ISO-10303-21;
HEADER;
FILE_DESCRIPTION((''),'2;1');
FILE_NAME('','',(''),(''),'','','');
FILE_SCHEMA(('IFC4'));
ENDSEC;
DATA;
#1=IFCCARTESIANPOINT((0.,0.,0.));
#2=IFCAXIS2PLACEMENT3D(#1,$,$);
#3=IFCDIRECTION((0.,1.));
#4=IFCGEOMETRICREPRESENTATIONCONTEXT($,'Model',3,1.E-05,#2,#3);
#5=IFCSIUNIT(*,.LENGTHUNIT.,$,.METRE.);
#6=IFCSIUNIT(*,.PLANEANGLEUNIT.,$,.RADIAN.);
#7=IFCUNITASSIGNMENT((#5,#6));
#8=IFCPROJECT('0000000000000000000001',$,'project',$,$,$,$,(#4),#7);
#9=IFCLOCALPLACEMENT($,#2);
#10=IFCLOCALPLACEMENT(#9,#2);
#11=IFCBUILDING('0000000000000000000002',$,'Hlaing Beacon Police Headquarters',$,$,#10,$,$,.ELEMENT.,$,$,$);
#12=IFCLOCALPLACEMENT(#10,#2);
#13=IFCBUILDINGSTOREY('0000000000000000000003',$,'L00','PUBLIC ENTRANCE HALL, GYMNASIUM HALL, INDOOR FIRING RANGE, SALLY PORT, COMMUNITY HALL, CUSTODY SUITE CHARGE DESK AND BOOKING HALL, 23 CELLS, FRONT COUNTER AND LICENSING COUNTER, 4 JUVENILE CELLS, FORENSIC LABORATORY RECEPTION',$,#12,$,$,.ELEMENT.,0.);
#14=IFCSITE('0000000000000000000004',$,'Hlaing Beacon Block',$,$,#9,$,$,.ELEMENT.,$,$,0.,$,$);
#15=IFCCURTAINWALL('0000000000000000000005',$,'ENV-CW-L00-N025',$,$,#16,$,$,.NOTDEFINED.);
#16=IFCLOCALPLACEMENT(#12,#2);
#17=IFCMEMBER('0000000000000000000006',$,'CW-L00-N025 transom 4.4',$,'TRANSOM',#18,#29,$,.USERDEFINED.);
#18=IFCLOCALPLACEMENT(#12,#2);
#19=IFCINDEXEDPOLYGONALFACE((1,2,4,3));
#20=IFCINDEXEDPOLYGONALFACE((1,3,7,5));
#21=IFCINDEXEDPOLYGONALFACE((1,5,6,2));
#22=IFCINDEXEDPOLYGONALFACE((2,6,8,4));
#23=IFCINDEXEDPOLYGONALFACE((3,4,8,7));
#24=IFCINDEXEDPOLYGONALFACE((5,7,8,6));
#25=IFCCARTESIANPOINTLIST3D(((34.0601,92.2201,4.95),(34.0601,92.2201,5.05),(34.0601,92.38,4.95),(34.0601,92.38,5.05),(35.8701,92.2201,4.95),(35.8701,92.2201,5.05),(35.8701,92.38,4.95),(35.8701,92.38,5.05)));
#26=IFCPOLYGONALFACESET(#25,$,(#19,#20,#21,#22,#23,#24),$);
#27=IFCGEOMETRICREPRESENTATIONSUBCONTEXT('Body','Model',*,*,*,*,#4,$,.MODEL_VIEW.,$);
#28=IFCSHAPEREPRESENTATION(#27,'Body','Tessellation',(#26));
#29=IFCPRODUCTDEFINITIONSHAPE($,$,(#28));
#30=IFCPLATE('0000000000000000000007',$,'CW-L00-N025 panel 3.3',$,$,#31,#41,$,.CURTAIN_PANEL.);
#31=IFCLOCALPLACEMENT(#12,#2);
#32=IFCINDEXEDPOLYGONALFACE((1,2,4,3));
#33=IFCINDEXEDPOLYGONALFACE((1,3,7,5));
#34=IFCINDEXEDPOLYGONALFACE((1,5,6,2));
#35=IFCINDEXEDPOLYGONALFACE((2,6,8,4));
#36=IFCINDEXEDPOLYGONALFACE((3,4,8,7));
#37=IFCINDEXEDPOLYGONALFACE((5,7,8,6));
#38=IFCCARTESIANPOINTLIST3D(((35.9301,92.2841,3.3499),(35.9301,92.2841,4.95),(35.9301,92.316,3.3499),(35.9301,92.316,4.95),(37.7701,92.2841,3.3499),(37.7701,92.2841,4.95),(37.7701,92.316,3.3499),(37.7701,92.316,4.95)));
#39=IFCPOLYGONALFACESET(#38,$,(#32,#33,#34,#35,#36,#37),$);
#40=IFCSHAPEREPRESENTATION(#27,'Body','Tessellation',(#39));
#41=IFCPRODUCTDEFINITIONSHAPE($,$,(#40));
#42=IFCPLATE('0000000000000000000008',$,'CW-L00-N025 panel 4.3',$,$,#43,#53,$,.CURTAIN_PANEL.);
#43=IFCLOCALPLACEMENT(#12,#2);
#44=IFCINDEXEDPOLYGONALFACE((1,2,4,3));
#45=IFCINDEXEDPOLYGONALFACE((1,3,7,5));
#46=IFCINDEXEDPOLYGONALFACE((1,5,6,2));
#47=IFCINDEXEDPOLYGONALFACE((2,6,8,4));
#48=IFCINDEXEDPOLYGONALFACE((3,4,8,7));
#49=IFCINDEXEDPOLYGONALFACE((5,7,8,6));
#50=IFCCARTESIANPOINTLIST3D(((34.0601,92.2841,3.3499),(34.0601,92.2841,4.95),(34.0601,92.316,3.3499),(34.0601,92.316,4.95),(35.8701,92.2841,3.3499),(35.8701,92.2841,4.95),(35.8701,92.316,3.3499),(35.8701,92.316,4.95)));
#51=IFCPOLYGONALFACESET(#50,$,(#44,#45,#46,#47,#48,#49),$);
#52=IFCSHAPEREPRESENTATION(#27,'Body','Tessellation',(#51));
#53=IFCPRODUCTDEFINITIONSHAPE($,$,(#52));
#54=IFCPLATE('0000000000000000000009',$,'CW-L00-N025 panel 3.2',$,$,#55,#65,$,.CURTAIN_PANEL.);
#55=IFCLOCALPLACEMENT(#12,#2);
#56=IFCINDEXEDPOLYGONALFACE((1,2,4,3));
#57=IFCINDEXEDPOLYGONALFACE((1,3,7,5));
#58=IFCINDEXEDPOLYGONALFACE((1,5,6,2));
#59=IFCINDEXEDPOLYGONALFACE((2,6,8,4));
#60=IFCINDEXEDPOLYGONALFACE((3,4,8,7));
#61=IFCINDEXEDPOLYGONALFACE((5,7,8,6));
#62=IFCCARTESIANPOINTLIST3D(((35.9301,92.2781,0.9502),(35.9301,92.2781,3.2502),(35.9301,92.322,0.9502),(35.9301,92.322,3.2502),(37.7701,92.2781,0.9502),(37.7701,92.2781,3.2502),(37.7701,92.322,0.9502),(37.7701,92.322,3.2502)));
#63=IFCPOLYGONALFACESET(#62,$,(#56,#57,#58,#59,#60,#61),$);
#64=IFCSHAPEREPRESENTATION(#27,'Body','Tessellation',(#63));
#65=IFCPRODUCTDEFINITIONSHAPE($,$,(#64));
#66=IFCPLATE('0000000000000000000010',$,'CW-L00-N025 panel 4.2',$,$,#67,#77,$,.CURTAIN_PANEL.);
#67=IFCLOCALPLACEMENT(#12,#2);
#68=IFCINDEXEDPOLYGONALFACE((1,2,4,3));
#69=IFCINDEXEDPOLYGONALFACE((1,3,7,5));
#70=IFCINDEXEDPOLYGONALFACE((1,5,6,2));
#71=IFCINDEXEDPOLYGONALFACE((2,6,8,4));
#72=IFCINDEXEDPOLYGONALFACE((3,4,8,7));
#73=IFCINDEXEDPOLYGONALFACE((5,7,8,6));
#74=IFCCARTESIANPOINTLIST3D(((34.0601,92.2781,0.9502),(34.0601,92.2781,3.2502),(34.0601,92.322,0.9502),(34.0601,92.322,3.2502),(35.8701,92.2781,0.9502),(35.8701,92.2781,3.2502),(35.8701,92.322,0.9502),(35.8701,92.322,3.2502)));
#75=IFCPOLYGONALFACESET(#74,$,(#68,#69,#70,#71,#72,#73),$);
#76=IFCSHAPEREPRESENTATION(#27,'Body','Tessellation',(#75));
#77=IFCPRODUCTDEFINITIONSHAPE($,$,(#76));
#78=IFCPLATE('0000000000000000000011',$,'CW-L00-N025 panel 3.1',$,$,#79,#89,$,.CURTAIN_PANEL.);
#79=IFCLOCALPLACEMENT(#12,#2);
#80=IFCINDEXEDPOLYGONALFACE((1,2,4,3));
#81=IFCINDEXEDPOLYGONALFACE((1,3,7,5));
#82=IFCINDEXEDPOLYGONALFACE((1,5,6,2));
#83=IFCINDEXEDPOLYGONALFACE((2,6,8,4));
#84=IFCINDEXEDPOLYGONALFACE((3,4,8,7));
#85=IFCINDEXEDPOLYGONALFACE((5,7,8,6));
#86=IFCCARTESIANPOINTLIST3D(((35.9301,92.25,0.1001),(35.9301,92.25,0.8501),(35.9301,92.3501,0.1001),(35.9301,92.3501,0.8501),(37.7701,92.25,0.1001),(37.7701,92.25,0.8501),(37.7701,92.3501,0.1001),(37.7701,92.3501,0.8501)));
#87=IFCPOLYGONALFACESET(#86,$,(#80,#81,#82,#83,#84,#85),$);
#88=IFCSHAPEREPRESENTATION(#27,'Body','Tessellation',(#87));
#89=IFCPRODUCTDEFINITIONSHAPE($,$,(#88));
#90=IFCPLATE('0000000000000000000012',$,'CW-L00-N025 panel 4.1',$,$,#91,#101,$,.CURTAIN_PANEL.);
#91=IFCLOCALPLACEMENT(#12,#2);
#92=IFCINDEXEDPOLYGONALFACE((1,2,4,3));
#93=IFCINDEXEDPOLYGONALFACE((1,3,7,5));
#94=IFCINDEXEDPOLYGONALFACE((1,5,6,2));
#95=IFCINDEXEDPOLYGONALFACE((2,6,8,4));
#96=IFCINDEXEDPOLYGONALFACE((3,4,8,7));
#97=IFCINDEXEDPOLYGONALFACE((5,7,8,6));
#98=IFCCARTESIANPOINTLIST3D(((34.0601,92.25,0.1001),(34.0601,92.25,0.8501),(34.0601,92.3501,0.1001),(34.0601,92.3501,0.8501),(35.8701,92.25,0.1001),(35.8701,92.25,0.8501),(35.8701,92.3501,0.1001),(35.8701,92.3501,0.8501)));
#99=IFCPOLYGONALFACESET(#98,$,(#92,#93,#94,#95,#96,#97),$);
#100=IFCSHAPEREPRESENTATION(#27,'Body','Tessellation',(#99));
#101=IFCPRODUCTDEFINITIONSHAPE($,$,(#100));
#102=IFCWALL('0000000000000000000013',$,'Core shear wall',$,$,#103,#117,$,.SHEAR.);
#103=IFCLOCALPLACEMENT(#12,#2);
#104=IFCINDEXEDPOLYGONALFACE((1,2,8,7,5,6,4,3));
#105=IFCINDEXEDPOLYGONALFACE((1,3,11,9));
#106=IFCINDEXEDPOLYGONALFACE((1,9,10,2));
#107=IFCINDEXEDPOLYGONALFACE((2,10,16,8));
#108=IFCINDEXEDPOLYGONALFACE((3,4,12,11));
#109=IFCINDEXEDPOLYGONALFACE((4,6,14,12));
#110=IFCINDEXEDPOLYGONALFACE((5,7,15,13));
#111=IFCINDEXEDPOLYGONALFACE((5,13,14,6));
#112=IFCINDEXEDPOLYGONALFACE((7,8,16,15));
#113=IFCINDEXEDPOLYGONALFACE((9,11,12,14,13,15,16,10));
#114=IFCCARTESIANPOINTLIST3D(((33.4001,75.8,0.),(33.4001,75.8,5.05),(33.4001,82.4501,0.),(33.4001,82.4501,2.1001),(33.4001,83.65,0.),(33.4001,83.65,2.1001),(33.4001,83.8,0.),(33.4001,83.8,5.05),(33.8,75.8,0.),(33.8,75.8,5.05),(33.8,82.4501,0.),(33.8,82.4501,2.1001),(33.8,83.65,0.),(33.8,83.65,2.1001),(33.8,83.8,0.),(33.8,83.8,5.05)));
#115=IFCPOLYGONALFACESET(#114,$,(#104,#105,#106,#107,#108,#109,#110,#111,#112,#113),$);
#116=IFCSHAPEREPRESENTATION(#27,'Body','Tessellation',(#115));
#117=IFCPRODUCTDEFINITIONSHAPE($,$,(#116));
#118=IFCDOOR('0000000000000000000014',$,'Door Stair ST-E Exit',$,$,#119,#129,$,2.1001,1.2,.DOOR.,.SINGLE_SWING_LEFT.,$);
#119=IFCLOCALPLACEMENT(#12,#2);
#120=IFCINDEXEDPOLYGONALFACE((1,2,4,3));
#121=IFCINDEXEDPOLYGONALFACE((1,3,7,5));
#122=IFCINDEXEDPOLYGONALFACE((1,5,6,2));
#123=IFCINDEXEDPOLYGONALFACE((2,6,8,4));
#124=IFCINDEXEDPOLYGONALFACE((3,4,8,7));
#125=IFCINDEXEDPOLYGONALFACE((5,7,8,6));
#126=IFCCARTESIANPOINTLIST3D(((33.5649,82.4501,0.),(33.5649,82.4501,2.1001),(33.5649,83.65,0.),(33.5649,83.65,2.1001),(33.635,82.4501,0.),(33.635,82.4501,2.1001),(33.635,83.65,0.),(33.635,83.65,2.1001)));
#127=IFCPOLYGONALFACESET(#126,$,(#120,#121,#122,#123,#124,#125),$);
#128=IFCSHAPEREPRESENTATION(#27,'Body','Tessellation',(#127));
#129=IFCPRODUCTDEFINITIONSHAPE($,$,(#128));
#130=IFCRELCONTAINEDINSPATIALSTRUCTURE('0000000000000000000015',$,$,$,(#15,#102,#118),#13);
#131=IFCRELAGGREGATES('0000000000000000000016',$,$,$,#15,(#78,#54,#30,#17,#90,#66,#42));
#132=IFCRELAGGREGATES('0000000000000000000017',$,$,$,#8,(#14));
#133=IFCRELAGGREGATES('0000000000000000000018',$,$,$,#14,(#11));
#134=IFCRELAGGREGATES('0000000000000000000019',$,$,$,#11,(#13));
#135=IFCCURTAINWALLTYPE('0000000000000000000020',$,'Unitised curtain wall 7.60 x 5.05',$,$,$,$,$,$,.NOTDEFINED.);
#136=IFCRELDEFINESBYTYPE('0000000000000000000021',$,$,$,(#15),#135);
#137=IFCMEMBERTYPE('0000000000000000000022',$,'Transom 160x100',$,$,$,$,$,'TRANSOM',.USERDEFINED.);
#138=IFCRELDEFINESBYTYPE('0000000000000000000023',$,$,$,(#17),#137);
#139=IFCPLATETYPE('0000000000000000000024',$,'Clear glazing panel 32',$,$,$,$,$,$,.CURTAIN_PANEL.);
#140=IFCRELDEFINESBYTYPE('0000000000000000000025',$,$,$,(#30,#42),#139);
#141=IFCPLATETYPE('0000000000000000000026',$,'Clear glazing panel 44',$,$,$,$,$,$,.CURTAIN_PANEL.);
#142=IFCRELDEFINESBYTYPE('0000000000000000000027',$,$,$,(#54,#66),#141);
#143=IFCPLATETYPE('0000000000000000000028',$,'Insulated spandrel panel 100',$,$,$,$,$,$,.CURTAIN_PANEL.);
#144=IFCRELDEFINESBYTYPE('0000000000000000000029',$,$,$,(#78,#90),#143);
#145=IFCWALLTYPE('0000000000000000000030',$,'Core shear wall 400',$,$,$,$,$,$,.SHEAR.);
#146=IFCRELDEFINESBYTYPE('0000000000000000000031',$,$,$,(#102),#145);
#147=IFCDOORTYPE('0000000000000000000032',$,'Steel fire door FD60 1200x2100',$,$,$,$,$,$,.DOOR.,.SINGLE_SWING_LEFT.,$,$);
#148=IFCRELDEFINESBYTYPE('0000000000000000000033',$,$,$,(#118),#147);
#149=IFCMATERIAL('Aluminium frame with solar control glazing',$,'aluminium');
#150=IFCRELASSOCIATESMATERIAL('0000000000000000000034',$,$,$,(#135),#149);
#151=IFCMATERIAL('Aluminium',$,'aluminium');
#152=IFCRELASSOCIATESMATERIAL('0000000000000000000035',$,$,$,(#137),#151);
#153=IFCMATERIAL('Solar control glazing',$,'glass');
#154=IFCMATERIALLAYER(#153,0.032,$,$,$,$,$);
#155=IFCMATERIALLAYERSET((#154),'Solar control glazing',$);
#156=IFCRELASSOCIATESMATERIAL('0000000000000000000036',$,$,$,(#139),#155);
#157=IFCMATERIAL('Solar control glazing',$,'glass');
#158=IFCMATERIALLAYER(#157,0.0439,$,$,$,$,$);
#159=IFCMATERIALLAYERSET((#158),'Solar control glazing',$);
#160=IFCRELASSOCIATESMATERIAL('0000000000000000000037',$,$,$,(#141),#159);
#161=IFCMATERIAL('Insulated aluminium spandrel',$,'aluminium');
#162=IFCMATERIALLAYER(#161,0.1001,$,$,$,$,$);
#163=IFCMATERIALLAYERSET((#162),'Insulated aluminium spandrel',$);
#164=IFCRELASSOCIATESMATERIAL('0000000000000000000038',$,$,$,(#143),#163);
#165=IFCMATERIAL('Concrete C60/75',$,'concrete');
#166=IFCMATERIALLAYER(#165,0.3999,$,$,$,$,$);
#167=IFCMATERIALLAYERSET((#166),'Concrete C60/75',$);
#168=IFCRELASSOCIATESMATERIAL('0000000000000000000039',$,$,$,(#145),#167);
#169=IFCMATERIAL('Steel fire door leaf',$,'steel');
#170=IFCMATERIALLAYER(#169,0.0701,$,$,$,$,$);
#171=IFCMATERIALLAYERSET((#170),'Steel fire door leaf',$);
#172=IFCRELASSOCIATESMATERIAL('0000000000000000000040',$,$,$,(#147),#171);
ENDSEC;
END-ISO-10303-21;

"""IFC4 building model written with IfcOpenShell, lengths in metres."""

from ifc_helpers import new_model, si_unit, direction, frame, frame_2d, origin, origin_2d, place, context, subcontext, project, spatial, rectangle, extrude, material, layer, layer_set, material_profile, profile_set, type_object, element, fill, aggregate, save


model = new_model("IFC4")

# Units and contexts
model_context = context("Model", 3, precision=1e-05, world=origin(), true_north=direction((0.0, 1.0)))
body_context = subcontext(model_context, "Body", "Model", "MODEL_VIEW")
ifc_project = project(units=[si_unit("LENGTHUNIT", "METRE"), si_unit("PLANEANGLEUNIT", "RADIAN")], contexts=[model_context])

# Site, building, storey
site_placement = place(None, origin())
site = spatial("IfcSite", under=ifc_project, at=site_placement, Name="Hlaing Beacon Block", CompositionType="ELEMENT", RefElevation=0.0)
building_placement = place(site_placement, origin())
building = spatial("IfcBuilding", under=site, at=building_placement, Name="Hlaing Beacon Police Headquarters", CompositionType="ELEMENT")
storey_placement = place(building_placement, origin())
storey = spatial("IfcBuildingStorey", under=building, at=storey_placement, Name="L00", Description="PUBLIC ENTRANCE HALL, GYMNASIUM HALL, INDOOR FIRING RANGE, SALLY PORT, COMMUNITY HALL, CUSTODY SUITE CHARGE DESK AND BOOKING HALL, 23 CELLS, FRONT COUNTER AND LICENSING COUNTER, 4 JUVENILE CELLS, FORENSIC LABORATORY RECEPTION", CompositionType="ELEMENT", Elevation=0.0)

# Curtain wall, member, plates
ifc_material_1 = material(Name="Aluminium frame with solar control glazing", Category="aluminium")
curtain_wall_type = type_object("IfcCurtainWallType", Name="Unitised curtain wall 7.60 x 5.05", PredefinedType="NOTDEFINED", material=ifc_material_1)
curtain_wall_placement = place(storey_placement, origin())
curtain_wall = element("IfcCurtainWall", 1, at=curtain_wall_placement, inside=storey, type_object=curtain_wall_type, Name="ENV-CW-L00-N025", PredefinedType="NOTDEFINED")
ifc_material_2 = material(Name="Aluminium", Category="aluminium")
ifc_material_profile_1 = material_profile(ifc_material_2, rectangle(XDim=0.1599, YDim=0.1001, at=origin_2d()), Name="Transom 160x100")
ifc_profile_set_1 = profile_set([ifc_material_profile_1], Name="Aluminium")
member_type_1 = type_object("IfcMemberType", Name="Transom 160x100", ElementType="TRANSOM", PredefinedType="USERDEFINED", material=ifc_profile_set_1)
member_1_placement = place(storey_placement, frame((35.8701, 92.3, 5.0), z_axis=(-1.0, 0.0, 0.0), x_axis=(0.0, -1.0, 0.0)))
member_1 = element("IfcMember", 2, at=member_1_placement, type_object=member_type_1, Name="CW-L00-N025 transom 4.4", ObjectType="TRANSOM", PredefinedType="USERDEFINED", context=body_context, shape_type="SweptSolid", body=[
    extrude(rectangle(XDim=0.1599, YDim=0.1001, at=origin_2d()), origin(), (0.0, 0.0, 1.0), 1.8101),
])
ifc_material_3 = material(Name="Solar control glazing", Category="glass")
ifc_layer_1 = layer(ifc_material_3, 0.032)
ifc_layer_set_1 = layer_set([ifc_layer_1], Name="Solar control glazing")
plate_type_1 = type_object("IfcPlateType", Name="Clear glazing panel 32", PredefinedType="CURTAIN_PANEL", material=ifc_layer_set_1)
plate_1_placement = place(storey_placement, frame((36.8501, 92.3, 3.3499), z_axis=(0.0, 0.0, 1.0), x_axis=(-1.0, 0.0, 0.0)))
plate_1 = element("IfcPlate", 3, at=plate_1_placement, type_object=plate_type_1, Name="CW-L00-N025 panel 3.3", PredefinedType="CURTAIN_PANEL", context=body_context, shape_type="SweptSolid", body=[
    extrude(rectangle(XDim=1.8401, YDim=0.032, at=origin_2d()), origin(), (0.0, 0.0, 1.0), 1.6001),
])
plate_2_placement = place(storey_placement, frame((34.9651, 92.3, 3.3499), z_axis=(0.0, 0.0, 1.0), x_axis=(-1.0, 0.0, 0.0)))
plate_2 = element("IfcPlate", 4, at=plate_2_placement, type_object=plate_type_1, Name="CW-L00-N025 panel 4.3", PredefinedType="CURTAIN_PANEL", context=body_context, shape_type="SweptSolid", body=[
    extrude(rectangle(XDim=1.8101, YDim=0.032, at=origin_2d()), origin(), (0.0, 0.0, 1.0), 1.6001),
])
ifc_material_4 = material(Name="Solar control glazing", Category="glass")
ifc_layer_2 = layer(ifc_material_4, 0.0439)
ifc_layer_set_2 = layer_set([ifc_layer_2], Name="Solar control glazing")
plate_type_2 = type_object("IfcPlateType", Name="Clear glazing panel 44", PredefinedType="CURTAIN_PANEL", material=ifc_layer_set_2)
plate_3_placement = place(storey_placement, frame((36.8501, 92.3, 0.9502), z_axis=(0.0, 0.0, 1.0), x_axis=(-1.0, 0.0, 0.0)))
plate_3 = element("IfcPlate", 5, at=plate_3_placement, type_object=plate_type_2, Name="CW-L00-N025 panel 3.2", PredefinedType="CURTAIN_PANEL", context=body_context, shape_type="SweptSolid", body=[
    extrude(rectangle(XDim=1.8401, YDim=0.0439, at=origin_2d()), origin(), (0.0, 0.0, 1.0), 2.3),
])
plate_4_placement = place(storey_placement, frame((34.9651, 92.3, 0.9502), z_axis=(0.0, 0.0, 1.0), x_axis=(-1.0, 0.0, 0.0)))
plate_4 = element("IfcPlate", 6, at=plate_4_placement, type_object=plate_type_2, Name="CW-L00-N025 panel 4.2", PredefinedType="CURTAIN_PANEL", context=body_context, shape_type="SweptSolid", body=[
    extrude(rectangle(XDim=1.8101, YDim=0.0439, at=origin_2d()), origin(), (0.0, 0.0, 1.0), 2.3),
])
ifc_material_5 = material(Name="Insulated aluminium spandrel", Category="aluminium")
ifc_layer_3 = layer(ifc_material_5, 0.1001)
ifc_layer_set_3 = layer_set([ifc_layer_3], Name="Insulated aluminium spandrel")
plate_type_3 = type_object("IfcPlateType", Name="Insulated spandrel panel 100", PredefinedType="CURTAIN_PANEL", material=ifc_layer_set_3)
plate_5_placement = place(storey_placement, frame((36.8501, 92.3, 0.1001), z_axis=(0.0, 0.0, 1.0), x_axis=(-1.0, 0.0, 0.0)))
plate_5 = element("IfcPlate", 7, at=plate_5_placement, type_object=plate_type_3, Name="CW-L00-N025 panel 3.1", PredefinedType="CURTAIN_PANEL", context=body_context, shape_type="SweptSolid", body=[
    extrude(rectangle(XDim=1.8401, YDim=0.1001, at=origin_2d()), origin(), (0.0, 0.0, 1.0), 0.75),
])
plate_6_placement = place(storey_placement, frame((34.9651, 92.3, 0.1001), z_axis=(0.0, 0.0, 1.0), x_axis=(-1.0, 0.0, 0.0)))
plate_6 = element("IfcPlate", 8, at=plate_6_placement, type_object=plate_type_3, Name="CW-L00-N025 panel 4.1", PredefinedType="CURTAIN_PANEL", context=body_context, shape_type="SweptSolid", body=[
    extrude(rectangle(XDim=1.8101, YDim=0.1001, at=origin_2d()), origin(), (0.0, 0.0, 1.0), 0.75),
])
aggregate(curtain_wall, [plate_5, plate_3, plate_1, member_1, plate_6, plate_4, plate_2])

# Wall, opening, door
ifc_material_6 = material(Name="Concrete C60/75", Category="concrete")
ifc_layer_4 = layer(ifc_material_6, 0.3999)
ifc_layer_set_4 = layer_set([ifc_layer_4], Name="Concrete C60/75")
wall_type_1 = type_object("IfcWallType", Name="Core shear wall 400", PredefinedType="SHEAR", material=ifc_layer_set_4)
wall_1_placement = place(storey_placement, frame((33.6001, 75.8, 0.0), z_axis=(0.0, 0.0, 1.0), x_axis=(0.0, 1.0, 0.0)))
wall_1 = element("IfcWall", 9, at=wall_1_placement, inside=storey, type_object=wall_type_1, Name="Core shear wall", PredefinedType="SHEAR", context=body_context, shape_type="SweptSolid", body=[
    extrude(rectangle(XDim=8.0, YDim=0.3999, at=frame_2d((4.0, 0.0))), origin(), (0.0, 0.0, 1.0), 5.05),
])
opening_1_placement = place(wall_1_placement, frame((6.6499, 0.0, 0.0)))
opening_1 = element("IfcOpeningElement", 10, at=opening_1_placement, cuts=wall_1, PredefinedType="OPENING", context=body_context, shape_type="SweptSolid", body=[
    extrude(rectangle(XDim=1.2, YDim=2.1001, at=frame_2d((0.6001, 1.05))), frame((0.0, 0.21, 0.0), z_axis=(0.0, -1.0, 0.0), x_axis=(1.0, 0.0, 0.0)), (0.0, 0.0, 1.0), 0.4199),
])
ifc_material_7 = material(Name="Steel fire door leaf", Category="steel")
ifc_layer_5 = layer(ifc_material_7, 0.0701)
ifc_layer_set_5 = layer_set([ifc_layer_5], Name="Steel fire door leaf")
door_type_1 = type_object("IfcDoorType", Name="Steel fire door FD60 1200x2100", OperationType="SINGLE_SWING_LEFT", PredefinedType="DOOR", material=ifc_layer_set_5)
door_1_placement = place(opening_1_placement, origin())
door_1 = element("IfcDoor", 11, at=door_1_placement, inside=storey, type_object=door_type_1, Name="Door Stair ST-E Exit", OperationType="SINGLE_SWING_LEFT", OverallHeight=2.1001, OverallWidth=1.2, PredefinedType="DOOR", context=body_context, shape_type="SweptSolid", body=[
    extrude(rectangle(XDim=1.2, YDim=2.1001, at=frame_2d((0.6001, 1.05))), frame((0.0, 0.0352, 0.0), z_axis=(0.0, -1.0, 0.0), x_axis=(1.0, 0.0, 0.0)), (0.0, 0.0, 1.0), 0.0701),
])
fill(opening_1, door_1)

save(model, "model.ifc")
